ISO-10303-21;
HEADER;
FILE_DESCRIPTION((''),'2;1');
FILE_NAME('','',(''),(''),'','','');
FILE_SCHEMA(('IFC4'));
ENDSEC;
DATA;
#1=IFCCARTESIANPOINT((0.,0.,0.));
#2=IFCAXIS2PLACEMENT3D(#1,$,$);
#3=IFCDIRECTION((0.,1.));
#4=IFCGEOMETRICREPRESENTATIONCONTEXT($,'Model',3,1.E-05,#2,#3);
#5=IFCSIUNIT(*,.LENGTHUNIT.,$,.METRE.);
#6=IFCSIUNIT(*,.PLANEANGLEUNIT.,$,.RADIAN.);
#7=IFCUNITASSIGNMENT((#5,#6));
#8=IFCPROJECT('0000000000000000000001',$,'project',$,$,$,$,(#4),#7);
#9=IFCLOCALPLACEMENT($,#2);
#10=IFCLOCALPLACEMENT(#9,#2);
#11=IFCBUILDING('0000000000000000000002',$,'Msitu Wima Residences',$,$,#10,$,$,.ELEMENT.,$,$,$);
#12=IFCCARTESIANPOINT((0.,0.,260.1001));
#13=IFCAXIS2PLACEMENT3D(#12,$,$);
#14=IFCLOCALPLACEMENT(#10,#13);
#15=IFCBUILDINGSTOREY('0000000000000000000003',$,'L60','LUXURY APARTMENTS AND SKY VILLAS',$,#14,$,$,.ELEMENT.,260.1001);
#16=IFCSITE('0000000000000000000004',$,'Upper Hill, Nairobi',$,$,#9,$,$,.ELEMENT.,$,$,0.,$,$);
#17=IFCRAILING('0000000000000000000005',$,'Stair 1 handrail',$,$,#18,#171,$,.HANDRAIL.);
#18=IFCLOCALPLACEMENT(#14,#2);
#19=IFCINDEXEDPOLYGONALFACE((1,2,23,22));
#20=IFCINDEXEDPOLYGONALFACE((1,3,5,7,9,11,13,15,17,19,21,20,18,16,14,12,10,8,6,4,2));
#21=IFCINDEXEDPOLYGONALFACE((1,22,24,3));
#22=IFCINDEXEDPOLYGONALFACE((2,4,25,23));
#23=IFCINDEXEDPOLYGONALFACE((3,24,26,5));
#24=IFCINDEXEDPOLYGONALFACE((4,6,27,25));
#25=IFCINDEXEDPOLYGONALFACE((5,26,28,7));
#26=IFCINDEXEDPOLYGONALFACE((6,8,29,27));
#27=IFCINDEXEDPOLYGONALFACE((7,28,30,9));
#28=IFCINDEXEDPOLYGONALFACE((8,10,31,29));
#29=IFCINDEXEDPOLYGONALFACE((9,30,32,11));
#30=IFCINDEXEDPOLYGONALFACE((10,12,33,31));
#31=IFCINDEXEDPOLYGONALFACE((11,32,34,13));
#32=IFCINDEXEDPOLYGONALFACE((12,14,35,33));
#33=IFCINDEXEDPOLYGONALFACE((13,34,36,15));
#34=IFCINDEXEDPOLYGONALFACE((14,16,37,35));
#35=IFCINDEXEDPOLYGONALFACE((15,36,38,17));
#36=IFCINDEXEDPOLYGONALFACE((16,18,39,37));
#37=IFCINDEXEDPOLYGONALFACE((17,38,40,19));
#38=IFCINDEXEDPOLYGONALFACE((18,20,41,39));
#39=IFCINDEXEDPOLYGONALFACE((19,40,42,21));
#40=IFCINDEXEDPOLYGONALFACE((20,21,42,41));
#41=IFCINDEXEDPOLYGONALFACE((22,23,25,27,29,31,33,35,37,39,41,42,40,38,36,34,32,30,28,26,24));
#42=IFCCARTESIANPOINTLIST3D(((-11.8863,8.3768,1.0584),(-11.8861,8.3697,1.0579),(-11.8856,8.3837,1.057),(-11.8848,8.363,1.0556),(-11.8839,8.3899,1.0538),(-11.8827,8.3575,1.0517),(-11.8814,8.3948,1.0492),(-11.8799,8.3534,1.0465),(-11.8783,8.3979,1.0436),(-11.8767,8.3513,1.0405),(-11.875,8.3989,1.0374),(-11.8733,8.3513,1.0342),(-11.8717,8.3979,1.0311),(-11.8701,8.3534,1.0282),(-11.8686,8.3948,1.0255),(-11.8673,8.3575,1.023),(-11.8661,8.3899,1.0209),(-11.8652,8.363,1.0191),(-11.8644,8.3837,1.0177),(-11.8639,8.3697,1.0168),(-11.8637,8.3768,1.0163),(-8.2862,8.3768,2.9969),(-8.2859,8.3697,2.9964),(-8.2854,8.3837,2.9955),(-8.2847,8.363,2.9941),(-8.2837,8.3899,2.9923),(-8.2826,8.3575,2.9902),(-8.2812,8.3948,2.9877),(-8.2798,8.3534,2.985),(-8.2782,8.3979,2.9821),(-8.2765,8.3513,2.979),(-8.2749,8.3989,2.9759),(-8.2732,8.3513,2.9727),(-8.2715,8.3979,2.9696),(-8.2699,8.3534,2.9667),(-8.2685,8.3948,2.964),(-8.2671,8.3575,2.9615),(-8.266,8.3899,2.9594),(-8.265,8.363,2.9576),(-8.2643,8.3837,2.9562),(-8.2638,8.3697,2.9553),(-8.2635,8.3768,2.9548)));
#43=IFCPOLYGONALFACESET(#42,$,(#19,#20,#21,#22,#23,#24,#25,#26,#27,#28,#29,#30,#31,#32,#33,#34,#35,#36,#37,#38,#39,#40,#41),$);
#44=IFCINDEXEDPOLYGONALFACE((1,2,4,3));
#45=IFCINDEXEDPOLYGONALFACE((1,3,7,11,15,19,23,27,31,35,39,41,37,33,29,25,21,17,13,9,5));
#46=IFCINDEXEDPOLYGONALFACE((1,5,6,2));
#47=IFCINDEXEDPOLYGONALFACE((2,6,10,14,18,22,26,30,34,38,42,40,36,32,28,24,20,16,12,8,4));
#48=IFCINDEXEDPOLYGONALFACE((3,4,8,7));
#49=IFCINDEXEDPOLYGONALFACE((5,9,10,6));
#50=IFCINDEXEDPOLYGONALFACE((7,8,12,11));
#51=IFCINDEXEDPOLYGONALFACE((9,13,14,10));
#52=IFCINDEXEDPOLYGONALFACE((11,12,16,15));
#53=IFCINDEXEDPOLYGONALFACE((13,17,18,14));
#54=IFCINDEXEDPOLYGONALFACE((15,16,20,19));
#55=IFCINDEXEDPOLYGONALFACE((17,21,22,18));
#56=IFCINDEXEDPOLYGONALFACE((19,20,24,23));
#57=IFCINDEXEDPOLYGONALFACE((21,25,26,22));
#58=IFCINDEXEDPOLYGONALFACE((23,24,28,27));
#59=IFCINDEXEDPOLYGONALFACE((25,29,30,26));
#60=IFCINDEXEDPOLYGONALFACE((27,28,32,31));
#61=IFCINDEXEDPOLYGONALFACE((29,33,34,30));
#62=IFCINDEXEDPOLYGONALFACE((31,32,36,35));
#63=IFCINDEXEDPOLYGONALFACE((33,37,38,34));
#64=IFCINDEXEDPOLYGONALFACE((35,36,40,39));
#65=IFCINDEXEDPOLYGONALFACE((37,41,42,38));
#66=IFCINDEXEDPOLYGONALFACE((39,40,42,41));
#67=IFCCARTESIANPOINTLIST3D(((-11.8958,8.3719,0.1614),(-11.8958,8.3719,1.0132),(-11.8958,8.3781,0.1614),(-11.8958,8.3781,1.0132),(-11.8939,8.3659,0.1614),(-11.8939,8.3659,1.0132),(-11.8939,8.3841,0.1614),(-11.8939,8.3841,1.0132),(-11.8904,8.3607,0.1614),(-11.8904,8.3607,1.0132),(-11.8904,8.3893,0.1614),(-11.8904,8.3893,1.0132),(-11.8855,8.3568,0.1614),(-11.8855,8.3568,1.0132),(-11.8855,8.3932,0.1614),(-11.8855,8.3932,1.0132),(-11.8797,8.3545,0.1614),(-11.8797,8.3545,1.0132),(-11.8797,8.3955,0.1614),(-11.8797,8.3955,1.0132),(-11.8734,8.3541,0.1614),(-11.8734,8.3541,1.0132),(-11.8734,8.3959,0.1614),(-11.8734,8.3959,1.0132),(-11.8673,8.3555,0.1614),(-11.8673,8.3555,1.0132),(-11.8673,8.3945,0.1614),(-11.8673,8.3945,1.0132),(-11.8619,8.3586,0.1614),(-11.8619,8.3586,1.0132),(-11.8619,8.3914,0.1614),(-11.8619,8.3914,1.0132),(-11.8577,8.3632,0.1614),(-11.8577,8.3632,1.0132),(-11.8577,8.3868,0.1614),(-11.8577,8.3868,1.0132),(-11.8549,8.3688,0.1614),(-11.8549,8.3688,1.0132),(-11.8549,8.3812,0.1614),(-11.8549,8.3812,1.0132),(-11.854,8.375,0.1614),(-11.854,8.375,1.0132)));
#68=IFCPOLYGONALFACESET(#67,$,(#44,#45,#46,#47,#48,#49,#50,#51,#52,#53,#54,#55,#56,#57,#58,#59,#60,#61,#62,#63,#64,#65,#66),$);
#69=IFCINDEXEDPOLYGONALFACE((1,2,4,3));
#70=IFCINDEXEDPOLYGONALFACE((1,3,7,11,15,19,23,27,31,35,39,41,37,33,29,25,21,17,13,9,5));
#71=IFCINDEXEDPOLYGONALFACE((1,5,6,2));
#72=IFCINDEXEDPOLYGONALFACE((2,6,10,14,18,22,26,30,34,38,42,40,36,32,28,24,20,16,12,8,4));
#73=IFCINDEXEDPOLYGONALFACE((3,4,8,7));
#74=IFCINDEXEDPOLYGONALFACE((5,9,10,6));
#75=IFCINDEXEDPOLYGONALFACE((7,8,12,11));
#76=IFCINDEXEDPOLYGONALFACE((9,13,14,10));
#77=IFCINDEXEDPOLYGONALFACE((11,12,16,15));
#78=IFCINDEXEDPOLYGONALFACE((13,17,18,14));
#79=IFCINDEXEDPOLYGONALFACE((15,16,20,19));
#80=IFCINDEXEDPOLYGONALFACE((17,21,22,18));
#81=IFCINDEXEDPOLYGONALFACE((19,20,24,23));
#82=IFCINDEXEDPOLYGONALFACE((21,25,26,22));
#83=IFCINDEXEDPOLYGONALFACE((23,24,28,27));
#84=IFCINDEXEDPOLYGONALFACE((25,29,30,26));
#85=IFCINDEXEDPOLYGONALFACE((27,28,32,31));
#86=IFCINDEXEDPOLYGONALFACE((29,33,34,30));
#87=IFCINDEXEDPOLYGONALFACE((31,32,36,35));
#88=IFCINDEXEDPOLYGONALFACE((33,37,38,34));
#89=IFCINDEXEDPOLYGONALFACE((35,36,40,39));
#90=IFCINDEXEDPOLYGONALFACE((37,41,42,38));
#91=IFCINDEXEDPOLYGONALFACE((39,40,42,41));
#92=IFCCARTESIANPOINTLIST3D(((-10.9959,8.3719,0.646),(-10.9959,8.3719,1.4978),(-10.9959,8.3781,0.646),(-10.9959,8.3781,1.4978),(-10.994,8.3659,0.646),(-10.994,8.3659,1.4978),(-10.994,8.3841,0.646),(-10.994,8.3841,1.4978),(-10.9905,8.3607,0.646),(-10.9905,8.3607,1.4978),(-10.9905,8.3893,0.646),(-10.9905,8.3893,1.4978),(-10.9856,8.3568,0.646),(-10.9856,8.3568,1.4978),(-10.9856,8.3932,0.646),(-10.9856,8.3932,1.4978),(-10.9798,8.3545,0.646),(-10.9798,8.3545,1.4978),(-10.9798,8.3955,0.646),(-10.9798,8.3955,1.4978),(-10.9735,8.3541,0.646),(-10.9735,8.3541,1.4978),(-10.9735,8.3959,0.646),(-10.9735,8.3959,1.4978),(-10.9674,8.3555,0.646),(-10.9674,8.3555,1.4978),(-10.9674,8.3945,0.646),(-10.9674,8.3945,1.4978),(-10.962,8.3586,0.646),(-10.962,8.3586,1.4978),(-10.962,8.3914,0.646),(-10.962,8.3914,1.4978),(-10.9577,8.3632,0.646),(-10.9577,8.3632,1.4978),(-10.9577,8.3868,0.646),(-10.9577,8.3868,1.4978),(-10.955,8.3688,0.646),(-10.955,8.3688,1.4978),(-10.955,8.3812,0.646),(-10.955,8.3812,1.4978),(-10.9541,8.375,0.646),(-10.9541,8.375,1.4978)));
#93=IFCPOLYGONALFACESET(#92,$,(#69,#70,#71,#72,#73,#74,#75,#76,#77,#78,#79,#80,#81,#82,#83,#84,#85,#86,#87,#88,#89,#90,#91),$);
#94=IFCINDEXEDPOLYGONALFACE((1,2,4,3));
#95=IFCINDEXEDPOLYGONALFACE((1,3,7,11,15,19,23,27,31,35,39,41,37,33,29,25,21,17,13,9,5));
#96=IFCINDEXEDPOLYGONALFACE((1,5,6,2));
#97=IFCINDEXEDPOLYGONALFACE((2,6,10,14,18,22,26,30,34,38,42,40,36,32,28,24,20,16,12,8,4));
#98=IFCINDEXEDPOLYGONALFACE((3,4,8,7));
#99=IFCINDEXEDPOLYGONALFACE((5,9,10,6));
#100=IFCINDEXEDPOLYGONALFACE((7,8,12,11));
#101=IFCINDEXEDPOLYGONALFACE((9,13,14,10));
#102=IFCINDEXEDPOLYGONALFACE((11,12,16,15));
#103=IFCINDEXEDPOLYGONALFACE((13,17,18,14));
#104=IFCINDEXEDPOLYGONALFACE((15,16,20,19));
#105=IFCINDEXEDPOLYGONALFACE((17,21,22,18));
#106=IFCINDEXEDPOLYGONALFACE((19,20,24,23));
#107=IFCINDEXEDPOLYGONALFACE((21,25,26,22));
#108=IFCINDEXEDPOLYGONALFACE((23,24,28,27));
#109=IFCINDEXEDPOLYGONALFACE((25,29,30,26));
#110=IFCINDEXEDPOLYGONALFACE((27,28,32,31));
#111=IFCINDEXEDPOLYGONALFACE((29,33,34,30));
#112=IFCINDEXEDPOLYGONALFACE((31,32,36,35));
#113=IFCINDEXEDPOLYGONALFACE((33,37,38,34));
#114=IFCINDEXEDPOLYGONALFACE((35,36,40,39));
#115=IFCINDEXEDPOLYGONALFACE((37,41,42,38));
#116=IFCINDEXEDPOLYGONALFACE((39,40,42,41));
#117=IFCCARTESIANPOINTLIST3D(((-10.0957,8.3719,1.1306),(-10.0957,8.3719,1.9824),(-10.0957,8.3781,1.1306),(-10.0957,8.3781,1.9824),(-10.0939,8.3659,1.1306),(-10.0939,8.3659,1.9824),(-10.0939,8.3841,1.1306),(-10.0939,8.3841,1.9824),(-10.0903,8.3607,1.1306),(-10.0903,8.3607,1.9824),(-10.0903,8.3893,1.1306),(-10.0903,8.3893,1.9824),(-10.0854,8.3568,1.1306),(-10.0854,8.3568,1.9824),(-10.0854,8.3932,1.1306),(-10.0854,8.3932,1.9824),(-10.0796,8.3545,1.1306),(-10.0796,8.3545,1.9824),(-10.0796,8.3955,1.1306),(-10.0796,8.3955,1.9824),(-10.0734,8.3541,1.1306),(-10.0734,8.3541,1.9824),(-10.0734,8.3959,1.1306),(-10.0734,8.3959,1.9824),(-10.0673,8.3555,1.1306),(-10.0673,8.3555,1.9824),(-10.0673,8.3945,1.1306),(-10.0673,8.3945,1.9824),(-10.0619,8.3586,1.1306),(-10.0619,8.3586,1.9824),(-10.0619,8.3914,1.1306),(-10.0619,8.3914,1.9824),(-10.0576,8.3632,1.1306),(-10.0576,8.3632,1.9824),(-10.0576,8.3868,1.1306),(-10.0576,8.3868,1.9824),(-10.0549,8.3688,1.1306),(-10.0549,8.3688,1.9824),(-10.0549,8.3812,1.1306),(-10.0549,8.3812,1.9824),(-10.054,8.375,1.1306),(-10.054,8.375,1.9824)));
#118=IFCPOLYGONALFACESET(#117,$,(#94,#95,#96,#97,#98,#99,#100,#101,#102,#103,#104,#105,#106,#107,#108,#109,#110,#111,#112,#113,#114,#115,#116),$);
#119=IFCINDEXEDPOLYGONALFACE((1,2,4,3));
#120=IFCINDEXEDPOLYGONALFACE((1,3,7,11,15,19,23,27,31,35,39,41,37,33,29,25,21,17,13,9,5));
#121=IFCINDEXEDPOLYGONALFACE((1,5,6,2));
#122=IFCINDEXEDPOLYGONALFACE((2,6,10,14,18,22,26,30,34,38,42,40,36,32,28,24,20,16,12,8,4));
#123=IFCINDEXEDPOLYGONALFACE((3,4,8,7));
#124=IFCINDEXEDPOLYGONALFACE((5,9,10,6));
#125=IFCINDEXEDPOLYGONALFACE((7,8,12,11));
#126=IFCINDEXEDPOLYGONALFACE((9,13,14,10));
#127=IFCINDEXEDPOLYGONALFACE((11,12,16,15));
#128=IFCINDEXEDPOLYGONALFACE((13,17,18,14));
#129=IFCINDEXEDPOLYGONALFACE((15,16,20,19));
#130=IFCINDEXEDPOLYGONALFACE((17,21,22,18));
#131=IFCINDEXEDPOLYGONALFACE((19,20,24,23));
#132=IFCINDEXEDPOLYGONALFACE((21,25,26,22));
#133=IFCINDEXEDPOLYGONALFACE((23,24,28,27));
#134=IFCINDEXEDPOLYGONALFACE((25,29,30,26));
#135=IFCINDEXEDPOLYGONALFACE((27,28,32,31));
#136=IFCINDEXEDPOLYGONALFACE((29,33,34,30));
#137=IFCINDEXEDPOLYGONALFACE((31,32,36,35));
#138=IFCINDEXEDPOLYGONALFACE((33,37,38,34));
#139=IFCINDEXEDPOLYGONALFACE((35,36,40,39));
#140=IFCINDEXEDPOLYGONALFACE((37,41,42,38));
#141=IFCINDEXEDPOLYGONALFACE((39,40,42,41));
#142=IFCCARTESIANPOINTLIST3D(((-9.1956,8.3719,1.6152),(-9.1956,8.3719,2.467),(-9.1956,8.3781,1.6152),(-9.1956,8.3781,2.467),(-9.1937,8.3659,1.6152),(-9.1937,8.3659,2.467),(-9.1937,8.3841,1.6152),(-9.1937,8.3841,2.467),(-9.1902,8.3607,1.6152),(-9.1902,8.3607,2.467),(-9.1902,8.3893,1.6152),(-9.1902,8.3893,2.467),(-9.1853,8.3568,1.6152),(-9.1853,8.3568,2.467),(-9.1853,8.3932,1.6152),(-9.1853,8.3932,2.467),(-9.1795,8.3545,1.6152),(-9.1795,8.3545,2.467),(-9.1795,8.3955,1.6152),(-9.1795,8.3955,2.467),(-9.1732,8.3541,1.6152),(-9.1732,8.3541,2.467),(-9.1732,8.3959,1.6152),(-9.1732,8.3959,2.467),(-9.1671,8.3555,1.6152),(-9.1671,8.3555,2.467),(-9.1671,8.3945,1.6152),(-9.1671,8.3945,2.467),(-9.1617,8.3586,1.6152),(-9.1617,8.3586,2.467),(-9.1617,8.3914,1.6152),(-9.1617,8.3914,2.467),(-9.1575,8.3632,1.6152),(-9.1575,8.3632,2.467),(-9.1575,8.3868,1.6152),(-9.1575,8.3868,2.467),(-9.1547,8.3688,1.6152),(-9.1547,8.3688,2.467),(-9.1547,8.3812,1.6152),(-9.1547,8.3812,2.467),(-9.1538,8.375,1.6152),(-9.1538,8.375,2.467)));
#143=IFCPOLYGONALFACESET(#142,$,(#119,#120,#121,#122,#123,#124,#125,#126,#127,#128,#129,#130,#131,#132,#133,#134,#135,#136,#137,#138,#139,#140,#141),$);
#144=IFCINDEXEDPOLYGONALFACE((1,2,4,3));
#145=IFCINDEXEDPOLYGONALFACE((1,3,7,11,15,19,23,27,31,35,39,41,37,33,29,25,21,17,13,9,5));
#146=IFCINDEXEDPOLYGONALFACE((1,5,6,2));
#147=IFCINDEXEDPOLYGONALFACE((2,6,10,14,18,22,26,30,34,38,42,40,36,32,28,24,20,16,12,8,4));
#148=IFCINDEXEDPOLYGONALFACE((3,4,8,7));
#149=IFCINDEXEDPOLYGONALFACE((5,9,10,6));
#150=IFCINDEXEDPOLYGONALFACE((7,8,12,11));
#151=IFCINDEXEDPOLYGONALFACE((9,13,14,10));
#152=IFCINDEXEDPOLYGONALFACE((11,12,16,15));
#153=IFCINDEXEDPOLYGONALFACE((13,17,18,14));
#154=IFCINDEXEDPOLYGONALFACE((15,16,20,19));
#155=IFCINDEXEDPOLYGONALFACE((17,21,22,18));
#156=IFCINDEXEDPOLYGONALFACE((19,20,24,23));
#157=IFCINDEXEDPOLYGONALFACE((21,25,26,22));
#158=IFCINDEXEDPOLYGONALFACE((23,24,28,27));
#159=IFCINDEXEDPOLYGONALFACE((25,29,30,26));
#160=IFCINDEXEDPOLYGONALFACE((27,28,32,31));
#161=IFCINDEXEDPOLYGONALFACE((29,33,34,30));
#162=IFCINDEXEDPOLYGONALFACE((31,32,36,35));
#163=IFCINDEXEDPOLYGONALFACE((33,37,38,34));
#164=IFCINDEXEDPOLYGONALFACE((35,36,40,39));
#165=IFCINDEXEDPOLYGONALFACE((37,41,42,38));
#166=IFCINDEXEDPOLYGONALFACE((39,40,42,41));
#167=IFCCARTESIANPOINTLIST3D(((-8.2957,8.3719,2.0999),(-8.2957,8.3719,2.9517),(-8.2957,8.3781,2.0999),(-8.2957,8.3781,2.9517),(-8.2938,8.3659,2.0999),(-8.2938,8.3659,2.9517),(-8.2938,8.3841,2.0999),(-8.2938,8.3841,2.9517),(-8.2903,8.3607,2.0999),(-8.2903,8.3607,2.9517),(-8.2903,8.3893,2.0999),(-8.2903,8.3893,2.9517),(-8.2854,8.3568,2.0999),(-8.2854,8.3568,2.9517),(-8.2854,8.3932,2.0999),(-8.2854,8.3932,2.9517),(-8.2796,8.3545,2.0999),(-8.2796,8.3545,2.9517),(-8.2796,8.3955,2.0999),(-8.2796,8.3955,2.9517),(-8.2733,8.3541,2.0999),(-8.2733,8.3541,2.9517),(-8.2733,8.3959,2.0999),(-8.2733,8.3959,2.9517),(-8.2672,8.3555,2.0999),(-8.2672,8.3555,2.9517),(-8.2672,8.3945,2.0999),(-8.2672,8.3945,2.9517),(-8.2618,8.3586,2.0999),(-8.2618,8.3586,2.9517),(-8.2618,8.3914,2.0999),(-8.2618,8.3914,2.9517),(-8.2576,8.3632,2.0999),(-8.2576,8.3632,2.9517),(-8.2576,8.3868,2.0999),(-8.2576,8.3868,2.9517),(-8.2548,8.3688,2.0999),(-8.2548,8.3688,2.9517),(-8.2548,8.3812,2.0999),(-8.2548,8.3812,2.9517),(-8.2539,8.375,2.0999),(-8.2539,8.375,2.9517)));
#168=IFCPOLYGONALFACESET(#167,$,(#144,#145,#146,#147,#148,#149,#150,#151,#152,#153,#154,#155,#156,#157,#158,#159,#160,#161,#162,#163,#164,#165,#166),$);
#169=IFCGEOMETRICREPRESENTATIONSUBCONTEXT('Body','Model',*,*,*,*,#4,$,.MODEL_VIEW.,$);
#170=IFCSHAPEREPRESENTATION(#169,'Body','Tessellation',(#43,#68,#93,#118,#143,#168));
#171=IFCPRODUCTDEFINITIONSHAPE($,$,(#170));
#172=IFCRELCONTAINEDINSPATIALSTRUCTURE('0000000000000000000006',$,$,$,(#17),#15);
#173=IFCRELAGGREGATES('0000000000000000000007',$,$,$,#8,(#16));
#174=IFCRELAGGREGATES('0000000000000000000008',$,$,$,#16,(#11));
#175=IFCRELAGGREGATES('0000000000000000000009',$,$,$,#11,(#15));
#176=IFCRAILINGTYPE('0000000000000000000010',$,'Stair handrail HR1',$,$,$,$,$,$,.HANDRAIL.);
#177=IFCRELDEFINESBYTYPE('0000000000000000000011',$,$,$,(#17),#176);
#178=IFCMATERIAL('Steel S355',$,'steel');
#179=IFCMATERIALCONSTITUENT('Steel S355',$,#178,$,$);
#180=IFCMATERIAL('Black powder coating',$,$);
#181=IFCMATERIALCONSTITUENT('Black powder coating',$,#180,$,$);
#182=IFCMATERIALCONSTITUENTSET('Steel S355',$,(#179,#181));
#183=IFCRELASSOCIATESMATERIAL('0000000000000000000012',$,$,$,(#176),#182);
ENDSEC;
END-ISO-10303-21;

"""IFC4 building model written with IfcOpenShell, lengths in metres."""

from ifc_helpers import new_model, si_unit, direction, frame, origin, origin_2d, place, context, subcontext, project, spatial, circle, extrude, material, constituent, constituent_set, type_object, element, save


model = new_model("IFC4")

# Units and contexts
model_context = context("Model", 3, precision=1e-05, world=origin(), true_north=direction((0.0, 1.0)))
body_context = subcontext(model_context, "Body", "Model", "MODEL_VIEW")
ifc_project = project(units=[si_unit("LENGTHUNIT", "METRE"), si_unit("PLANEANGLEUNIT", "RADIAN")], contexts=[model_context])

# Site, building, storey
site_placement = place(None, origin())
site = spatial("IfcSite", under=ifc_project, at=site_placement, Name="Upper Hill, Nairobi", CompositionType="ELEMENT", RefElevation=0.0)
building_placement = place(site_placement, origin())
building = spatial("IfcBuilding", under=site, at=building_placement, Name="Msitu Wima Residences", CompositionType="ELEMENT")
storey_placement = place(building_placement, frame((0.0, 0.0, 260.1001)))
storey = spatial("IfcBuildingStorey", under=building, at=storey_placement, Name="L60", Description="LUXURY APARTMENTS AND SKY VILLAS", CompositionType="ELEMENT", Elevation=260.1001)

# Railing
ifc_material_1 = material(Name="Steel S355", Category="steel")
ifc_constituent_1 = constituent(ifc_material_1, Name="Steel S355")
ifc_material_2 = material(Name="Black powder coating")
ifc_constituent_2 = constituent(ifc_material_2, Name="Black powder coating")
ifc_constituent_set = constituent_set(constituents=[ifc_constituent_1, ifc_constituent_2], Name="Steel S355")
railing_type = type_object("IfcRailingType", Name="Stair handrail HR1", PredefinedType="HANDRAIL", material=ifc_constituent_set)
for number, where, name in (
    (1, (-11.875, 8.375, 0.1614), "Stair 1 handrail"),
):
    element("IfcRailing", number, at=place(storey_placement, frame(where)), inside=storey, type_object=railing_type, Name=name, PredefinedType="HANDRAIL", context=body_context, shape_type="SweptSolid", body=[
        extrude(circle(Radius=0.0239, at=origin_2d()), frame((0.0, 0.0, 0.876), z_axis=(0.880475, 0.0, 0.474093), x_axis=(0.0, 1.0, 0.0)), (0.0, 0.0, 1.0), 4.0889),
        extrude(circle(Radius=0.021, at=origin_2d()), origin(), (0.0, 0.0, 1.0), 0.8518),
        extrude(circle(Radius=0.021, at=origin_2d()), frame((0.8999, 0.0, 0.4846)), (0.0, 0.0, 1.0), 0.8518),
        extrude(circle(Radius=0.021, at=origin_2d()), frame((1.8, 0.0, 0.9692)), (0.0, 0.0, 1.0), 0.8518),
        extrude(circle(Radius=0.021, at=origin_2d()), frame((2.7002, 0.0, 1.4539)), (0.0, 0.0, 1.0), 0.8518),
        extrude(circle(Radius=0.021, at=origin_2d()), frame((3.6001, 0.0, 1.9385)), (0.0, 0.0, 1.0), 0.8518),
    ])

save(model, "model.ifc")
